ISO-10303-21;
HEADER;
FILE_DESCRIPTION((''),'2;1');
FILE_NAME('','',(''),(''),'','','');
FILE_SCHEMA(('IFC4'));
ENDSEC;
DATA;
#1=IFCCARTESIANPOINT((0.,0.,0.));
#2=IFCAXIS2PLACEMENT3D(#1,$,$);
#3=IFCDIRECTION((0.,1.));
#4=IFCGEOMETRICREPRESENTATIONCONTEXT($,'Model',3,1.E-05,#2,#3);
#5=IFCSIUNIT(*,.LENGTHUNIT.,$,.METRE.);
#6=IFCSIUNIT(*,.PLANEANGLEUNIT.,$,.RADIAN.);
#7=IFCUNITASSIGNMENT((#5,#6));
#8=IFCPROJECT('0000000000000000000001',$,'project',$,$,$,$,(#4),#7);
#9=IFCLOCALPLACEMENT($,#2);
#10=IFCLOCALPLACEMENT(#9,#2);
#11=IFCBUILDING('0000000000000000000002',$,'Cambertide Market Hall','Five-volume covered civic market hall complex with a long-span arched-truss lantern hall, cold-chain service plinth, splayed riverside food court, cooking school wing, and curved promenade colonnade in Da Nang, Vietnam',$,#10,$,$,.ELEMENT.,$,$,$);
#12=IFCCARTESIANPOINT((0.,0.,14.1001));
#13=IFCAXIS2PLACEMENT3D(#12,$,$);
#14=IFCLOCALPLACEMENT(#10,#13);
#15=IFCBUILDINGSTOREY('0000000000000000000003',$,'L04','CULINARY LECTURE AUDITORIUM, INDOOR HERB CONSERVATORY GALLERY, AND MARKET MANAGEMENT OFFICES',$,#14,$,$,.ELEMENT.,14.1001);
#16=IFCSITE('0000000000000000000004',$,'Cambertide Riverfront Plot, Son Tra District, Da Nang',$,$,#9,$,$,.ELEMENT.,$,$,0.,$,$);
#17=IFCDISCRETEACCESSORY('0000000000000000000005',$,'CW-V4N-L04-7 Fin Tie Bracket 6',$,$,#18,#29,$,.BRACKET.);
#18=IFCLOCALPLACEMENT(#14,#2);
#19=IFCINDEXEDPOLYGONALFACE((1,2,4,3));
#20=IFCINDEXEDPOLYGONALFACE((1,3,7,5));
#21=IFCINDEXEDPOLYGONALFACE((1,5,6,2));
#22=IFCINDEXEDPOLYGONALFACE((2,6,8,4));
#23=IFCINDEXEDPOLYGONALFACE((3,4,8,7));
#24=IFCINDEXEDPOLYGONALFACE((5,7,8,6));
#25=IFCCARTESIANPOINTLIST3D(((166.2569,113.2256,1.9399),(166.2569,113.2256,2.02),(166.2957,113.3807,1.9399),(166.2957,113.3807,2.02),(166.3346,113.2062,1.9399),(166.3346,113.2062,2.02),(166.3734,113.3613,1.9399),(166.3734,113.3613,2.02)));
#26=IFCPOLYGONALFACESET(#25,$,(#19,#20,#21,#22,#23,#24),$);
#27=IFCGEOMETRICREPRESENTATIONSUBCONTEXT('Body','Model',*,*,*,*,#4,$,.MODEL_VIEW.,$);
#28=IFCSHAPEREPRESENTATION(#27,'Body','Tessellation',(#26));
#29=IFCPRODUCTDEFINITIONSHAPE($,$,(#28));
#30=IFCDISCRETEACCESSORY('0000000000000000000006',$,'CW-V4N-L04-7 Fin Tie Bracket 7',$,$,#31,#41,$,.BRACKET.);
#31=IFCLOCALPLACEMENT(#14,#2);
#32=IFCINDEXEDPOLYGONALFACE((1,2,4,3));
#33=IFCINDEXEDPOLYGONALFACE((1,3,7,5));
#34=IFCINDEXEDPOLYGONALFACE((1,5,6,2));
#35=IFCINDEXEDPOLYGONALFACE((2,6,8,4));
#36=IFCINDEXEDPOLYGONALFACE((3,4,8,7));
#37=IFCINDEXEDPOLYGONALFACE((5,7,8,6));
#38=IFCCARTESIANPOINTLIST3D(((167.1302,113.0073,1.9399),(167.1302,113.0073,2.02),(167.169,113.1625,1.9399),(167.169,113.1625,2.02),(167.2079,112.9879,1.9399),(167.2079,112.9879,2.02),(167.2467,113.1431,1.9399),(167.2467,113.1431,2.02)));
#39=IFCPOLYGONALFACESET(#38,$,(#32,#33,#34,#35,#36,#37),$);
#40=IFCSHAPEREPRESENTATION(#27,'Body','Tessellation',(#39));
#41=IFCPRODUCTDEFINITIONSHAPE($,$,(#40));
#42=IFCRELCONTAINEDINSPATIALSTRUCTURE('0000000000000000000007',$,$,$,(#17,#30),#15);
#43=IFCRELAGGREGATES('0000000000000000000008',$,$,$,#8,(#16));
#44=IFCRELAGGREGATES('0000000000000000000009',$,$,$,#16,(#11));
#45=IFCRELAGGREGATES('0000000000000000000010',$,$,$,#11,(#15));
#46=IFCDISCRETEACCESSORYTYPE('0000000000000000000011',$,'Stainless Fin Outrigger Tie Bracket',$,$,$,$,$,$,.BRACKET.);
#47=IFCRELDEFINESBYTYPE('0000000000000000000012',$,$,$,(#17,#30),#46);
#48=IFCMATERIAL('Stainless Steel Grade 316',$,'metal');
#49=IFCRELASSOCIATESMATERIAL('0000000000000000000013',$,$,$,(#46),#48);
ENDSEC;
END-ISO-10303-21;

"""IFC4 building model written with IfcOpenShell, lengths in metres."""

from ifc_helpers import new_model, si_unit, direction, frame, origin, origin_2d, place, context, subcontext, project, spatial, rectangle, extrude, material, type_object, element, save


model = new_model("IFC4")

# Units and contexts
model_context = context("Model", 3, precision=1e-05, world=origin(), true_north=direction((0.0, 1.0)))
body_context = subcontext(model_context, "Body", "Model", "MODEL_VIEW")
ifc_project = project(units=[si_unit("LENGTHUNIT", "METRE"), si_unit("PLANEANGLEUNIT", "RADIAN")], contexts=[model_context])

# Site, building, storey
site_placement = place(None, origin())
site = spatial("IfcSite", under=ifc_project, at=site_placement, Name="Cambertide Riverfront Plot, Son Tra District, Da Nang", CompositionType="ELEMENT", RefElevation=0.0)
building_placement = place(site_placement, origin())
building = spatial("IfcBuilding", under=site, at=building_placement, Name="Cambertide Market Hall", Description="Five-volume covered civic market hall complex with a long-span arched-truss lantern hall, cold-chain service plinth, splayed riverside food court, cooking school wing, and curved promenade colonnade in Da Nang, Vietnam", CompositionType="ELEMENT")
storey_placement = place(building_placement, frame((0.0, 0.0, 14.1001)))
storey = spatial("IfcBuildingStorey", under=building, at=storey_placement, Name="L04", Description="CULINARY LECTURE AUDITORIUM, INDOOR HERB CONSERVATORY GALLERY, AND MARKET MANAGEMENT OFFICES", CompositionType="ELEMENT", Elevation=14.1001)

# Discrete accessories
ifc_material_1 = material(Name="Stainless Steel Grade 316", Category="metal")
discrete_accessory_type = type_object("IfcDiscreteAccessoryType", Name="Stainless Fin Outrigger Tie Bracket", PredefinedType="BRACKET", material=ifc_material_1)
for number, where, z_axis, x_axis, name in (
    (1, (166.3152, 113.2935, 1.9399), (0.0, 0.0, 1.0), (0.970143, -0.242536, 0.0), "CW-V4N-L04-7 Fin Tie Bracket 6"),
    (2, (167.1885, 113.0752, 1.9399), (0.0, 0.0, 1.0), (0.970143, -0.242536, 0.0), "CW-V4N-L04-7 Fin Tie Bracket 7"),
):
    element("IfcDiscreteAccessory", number, at=place(storey_placement, frame(where, z_axis=z_axis, x_axis=x_axis)), inside=storey, type_object=discrete_accessory_type, Name=name, PredefinedType="BRACKET", context=body_context, shape_type="SweptSolid", body=[
        extrude(rectangle(XDim=0.0801, YDim=0.1599, at=origin_2d()), origin(), (0.0, 0.0, 1.0), 0.0801),
    ])

save(model, "model.ifc")
